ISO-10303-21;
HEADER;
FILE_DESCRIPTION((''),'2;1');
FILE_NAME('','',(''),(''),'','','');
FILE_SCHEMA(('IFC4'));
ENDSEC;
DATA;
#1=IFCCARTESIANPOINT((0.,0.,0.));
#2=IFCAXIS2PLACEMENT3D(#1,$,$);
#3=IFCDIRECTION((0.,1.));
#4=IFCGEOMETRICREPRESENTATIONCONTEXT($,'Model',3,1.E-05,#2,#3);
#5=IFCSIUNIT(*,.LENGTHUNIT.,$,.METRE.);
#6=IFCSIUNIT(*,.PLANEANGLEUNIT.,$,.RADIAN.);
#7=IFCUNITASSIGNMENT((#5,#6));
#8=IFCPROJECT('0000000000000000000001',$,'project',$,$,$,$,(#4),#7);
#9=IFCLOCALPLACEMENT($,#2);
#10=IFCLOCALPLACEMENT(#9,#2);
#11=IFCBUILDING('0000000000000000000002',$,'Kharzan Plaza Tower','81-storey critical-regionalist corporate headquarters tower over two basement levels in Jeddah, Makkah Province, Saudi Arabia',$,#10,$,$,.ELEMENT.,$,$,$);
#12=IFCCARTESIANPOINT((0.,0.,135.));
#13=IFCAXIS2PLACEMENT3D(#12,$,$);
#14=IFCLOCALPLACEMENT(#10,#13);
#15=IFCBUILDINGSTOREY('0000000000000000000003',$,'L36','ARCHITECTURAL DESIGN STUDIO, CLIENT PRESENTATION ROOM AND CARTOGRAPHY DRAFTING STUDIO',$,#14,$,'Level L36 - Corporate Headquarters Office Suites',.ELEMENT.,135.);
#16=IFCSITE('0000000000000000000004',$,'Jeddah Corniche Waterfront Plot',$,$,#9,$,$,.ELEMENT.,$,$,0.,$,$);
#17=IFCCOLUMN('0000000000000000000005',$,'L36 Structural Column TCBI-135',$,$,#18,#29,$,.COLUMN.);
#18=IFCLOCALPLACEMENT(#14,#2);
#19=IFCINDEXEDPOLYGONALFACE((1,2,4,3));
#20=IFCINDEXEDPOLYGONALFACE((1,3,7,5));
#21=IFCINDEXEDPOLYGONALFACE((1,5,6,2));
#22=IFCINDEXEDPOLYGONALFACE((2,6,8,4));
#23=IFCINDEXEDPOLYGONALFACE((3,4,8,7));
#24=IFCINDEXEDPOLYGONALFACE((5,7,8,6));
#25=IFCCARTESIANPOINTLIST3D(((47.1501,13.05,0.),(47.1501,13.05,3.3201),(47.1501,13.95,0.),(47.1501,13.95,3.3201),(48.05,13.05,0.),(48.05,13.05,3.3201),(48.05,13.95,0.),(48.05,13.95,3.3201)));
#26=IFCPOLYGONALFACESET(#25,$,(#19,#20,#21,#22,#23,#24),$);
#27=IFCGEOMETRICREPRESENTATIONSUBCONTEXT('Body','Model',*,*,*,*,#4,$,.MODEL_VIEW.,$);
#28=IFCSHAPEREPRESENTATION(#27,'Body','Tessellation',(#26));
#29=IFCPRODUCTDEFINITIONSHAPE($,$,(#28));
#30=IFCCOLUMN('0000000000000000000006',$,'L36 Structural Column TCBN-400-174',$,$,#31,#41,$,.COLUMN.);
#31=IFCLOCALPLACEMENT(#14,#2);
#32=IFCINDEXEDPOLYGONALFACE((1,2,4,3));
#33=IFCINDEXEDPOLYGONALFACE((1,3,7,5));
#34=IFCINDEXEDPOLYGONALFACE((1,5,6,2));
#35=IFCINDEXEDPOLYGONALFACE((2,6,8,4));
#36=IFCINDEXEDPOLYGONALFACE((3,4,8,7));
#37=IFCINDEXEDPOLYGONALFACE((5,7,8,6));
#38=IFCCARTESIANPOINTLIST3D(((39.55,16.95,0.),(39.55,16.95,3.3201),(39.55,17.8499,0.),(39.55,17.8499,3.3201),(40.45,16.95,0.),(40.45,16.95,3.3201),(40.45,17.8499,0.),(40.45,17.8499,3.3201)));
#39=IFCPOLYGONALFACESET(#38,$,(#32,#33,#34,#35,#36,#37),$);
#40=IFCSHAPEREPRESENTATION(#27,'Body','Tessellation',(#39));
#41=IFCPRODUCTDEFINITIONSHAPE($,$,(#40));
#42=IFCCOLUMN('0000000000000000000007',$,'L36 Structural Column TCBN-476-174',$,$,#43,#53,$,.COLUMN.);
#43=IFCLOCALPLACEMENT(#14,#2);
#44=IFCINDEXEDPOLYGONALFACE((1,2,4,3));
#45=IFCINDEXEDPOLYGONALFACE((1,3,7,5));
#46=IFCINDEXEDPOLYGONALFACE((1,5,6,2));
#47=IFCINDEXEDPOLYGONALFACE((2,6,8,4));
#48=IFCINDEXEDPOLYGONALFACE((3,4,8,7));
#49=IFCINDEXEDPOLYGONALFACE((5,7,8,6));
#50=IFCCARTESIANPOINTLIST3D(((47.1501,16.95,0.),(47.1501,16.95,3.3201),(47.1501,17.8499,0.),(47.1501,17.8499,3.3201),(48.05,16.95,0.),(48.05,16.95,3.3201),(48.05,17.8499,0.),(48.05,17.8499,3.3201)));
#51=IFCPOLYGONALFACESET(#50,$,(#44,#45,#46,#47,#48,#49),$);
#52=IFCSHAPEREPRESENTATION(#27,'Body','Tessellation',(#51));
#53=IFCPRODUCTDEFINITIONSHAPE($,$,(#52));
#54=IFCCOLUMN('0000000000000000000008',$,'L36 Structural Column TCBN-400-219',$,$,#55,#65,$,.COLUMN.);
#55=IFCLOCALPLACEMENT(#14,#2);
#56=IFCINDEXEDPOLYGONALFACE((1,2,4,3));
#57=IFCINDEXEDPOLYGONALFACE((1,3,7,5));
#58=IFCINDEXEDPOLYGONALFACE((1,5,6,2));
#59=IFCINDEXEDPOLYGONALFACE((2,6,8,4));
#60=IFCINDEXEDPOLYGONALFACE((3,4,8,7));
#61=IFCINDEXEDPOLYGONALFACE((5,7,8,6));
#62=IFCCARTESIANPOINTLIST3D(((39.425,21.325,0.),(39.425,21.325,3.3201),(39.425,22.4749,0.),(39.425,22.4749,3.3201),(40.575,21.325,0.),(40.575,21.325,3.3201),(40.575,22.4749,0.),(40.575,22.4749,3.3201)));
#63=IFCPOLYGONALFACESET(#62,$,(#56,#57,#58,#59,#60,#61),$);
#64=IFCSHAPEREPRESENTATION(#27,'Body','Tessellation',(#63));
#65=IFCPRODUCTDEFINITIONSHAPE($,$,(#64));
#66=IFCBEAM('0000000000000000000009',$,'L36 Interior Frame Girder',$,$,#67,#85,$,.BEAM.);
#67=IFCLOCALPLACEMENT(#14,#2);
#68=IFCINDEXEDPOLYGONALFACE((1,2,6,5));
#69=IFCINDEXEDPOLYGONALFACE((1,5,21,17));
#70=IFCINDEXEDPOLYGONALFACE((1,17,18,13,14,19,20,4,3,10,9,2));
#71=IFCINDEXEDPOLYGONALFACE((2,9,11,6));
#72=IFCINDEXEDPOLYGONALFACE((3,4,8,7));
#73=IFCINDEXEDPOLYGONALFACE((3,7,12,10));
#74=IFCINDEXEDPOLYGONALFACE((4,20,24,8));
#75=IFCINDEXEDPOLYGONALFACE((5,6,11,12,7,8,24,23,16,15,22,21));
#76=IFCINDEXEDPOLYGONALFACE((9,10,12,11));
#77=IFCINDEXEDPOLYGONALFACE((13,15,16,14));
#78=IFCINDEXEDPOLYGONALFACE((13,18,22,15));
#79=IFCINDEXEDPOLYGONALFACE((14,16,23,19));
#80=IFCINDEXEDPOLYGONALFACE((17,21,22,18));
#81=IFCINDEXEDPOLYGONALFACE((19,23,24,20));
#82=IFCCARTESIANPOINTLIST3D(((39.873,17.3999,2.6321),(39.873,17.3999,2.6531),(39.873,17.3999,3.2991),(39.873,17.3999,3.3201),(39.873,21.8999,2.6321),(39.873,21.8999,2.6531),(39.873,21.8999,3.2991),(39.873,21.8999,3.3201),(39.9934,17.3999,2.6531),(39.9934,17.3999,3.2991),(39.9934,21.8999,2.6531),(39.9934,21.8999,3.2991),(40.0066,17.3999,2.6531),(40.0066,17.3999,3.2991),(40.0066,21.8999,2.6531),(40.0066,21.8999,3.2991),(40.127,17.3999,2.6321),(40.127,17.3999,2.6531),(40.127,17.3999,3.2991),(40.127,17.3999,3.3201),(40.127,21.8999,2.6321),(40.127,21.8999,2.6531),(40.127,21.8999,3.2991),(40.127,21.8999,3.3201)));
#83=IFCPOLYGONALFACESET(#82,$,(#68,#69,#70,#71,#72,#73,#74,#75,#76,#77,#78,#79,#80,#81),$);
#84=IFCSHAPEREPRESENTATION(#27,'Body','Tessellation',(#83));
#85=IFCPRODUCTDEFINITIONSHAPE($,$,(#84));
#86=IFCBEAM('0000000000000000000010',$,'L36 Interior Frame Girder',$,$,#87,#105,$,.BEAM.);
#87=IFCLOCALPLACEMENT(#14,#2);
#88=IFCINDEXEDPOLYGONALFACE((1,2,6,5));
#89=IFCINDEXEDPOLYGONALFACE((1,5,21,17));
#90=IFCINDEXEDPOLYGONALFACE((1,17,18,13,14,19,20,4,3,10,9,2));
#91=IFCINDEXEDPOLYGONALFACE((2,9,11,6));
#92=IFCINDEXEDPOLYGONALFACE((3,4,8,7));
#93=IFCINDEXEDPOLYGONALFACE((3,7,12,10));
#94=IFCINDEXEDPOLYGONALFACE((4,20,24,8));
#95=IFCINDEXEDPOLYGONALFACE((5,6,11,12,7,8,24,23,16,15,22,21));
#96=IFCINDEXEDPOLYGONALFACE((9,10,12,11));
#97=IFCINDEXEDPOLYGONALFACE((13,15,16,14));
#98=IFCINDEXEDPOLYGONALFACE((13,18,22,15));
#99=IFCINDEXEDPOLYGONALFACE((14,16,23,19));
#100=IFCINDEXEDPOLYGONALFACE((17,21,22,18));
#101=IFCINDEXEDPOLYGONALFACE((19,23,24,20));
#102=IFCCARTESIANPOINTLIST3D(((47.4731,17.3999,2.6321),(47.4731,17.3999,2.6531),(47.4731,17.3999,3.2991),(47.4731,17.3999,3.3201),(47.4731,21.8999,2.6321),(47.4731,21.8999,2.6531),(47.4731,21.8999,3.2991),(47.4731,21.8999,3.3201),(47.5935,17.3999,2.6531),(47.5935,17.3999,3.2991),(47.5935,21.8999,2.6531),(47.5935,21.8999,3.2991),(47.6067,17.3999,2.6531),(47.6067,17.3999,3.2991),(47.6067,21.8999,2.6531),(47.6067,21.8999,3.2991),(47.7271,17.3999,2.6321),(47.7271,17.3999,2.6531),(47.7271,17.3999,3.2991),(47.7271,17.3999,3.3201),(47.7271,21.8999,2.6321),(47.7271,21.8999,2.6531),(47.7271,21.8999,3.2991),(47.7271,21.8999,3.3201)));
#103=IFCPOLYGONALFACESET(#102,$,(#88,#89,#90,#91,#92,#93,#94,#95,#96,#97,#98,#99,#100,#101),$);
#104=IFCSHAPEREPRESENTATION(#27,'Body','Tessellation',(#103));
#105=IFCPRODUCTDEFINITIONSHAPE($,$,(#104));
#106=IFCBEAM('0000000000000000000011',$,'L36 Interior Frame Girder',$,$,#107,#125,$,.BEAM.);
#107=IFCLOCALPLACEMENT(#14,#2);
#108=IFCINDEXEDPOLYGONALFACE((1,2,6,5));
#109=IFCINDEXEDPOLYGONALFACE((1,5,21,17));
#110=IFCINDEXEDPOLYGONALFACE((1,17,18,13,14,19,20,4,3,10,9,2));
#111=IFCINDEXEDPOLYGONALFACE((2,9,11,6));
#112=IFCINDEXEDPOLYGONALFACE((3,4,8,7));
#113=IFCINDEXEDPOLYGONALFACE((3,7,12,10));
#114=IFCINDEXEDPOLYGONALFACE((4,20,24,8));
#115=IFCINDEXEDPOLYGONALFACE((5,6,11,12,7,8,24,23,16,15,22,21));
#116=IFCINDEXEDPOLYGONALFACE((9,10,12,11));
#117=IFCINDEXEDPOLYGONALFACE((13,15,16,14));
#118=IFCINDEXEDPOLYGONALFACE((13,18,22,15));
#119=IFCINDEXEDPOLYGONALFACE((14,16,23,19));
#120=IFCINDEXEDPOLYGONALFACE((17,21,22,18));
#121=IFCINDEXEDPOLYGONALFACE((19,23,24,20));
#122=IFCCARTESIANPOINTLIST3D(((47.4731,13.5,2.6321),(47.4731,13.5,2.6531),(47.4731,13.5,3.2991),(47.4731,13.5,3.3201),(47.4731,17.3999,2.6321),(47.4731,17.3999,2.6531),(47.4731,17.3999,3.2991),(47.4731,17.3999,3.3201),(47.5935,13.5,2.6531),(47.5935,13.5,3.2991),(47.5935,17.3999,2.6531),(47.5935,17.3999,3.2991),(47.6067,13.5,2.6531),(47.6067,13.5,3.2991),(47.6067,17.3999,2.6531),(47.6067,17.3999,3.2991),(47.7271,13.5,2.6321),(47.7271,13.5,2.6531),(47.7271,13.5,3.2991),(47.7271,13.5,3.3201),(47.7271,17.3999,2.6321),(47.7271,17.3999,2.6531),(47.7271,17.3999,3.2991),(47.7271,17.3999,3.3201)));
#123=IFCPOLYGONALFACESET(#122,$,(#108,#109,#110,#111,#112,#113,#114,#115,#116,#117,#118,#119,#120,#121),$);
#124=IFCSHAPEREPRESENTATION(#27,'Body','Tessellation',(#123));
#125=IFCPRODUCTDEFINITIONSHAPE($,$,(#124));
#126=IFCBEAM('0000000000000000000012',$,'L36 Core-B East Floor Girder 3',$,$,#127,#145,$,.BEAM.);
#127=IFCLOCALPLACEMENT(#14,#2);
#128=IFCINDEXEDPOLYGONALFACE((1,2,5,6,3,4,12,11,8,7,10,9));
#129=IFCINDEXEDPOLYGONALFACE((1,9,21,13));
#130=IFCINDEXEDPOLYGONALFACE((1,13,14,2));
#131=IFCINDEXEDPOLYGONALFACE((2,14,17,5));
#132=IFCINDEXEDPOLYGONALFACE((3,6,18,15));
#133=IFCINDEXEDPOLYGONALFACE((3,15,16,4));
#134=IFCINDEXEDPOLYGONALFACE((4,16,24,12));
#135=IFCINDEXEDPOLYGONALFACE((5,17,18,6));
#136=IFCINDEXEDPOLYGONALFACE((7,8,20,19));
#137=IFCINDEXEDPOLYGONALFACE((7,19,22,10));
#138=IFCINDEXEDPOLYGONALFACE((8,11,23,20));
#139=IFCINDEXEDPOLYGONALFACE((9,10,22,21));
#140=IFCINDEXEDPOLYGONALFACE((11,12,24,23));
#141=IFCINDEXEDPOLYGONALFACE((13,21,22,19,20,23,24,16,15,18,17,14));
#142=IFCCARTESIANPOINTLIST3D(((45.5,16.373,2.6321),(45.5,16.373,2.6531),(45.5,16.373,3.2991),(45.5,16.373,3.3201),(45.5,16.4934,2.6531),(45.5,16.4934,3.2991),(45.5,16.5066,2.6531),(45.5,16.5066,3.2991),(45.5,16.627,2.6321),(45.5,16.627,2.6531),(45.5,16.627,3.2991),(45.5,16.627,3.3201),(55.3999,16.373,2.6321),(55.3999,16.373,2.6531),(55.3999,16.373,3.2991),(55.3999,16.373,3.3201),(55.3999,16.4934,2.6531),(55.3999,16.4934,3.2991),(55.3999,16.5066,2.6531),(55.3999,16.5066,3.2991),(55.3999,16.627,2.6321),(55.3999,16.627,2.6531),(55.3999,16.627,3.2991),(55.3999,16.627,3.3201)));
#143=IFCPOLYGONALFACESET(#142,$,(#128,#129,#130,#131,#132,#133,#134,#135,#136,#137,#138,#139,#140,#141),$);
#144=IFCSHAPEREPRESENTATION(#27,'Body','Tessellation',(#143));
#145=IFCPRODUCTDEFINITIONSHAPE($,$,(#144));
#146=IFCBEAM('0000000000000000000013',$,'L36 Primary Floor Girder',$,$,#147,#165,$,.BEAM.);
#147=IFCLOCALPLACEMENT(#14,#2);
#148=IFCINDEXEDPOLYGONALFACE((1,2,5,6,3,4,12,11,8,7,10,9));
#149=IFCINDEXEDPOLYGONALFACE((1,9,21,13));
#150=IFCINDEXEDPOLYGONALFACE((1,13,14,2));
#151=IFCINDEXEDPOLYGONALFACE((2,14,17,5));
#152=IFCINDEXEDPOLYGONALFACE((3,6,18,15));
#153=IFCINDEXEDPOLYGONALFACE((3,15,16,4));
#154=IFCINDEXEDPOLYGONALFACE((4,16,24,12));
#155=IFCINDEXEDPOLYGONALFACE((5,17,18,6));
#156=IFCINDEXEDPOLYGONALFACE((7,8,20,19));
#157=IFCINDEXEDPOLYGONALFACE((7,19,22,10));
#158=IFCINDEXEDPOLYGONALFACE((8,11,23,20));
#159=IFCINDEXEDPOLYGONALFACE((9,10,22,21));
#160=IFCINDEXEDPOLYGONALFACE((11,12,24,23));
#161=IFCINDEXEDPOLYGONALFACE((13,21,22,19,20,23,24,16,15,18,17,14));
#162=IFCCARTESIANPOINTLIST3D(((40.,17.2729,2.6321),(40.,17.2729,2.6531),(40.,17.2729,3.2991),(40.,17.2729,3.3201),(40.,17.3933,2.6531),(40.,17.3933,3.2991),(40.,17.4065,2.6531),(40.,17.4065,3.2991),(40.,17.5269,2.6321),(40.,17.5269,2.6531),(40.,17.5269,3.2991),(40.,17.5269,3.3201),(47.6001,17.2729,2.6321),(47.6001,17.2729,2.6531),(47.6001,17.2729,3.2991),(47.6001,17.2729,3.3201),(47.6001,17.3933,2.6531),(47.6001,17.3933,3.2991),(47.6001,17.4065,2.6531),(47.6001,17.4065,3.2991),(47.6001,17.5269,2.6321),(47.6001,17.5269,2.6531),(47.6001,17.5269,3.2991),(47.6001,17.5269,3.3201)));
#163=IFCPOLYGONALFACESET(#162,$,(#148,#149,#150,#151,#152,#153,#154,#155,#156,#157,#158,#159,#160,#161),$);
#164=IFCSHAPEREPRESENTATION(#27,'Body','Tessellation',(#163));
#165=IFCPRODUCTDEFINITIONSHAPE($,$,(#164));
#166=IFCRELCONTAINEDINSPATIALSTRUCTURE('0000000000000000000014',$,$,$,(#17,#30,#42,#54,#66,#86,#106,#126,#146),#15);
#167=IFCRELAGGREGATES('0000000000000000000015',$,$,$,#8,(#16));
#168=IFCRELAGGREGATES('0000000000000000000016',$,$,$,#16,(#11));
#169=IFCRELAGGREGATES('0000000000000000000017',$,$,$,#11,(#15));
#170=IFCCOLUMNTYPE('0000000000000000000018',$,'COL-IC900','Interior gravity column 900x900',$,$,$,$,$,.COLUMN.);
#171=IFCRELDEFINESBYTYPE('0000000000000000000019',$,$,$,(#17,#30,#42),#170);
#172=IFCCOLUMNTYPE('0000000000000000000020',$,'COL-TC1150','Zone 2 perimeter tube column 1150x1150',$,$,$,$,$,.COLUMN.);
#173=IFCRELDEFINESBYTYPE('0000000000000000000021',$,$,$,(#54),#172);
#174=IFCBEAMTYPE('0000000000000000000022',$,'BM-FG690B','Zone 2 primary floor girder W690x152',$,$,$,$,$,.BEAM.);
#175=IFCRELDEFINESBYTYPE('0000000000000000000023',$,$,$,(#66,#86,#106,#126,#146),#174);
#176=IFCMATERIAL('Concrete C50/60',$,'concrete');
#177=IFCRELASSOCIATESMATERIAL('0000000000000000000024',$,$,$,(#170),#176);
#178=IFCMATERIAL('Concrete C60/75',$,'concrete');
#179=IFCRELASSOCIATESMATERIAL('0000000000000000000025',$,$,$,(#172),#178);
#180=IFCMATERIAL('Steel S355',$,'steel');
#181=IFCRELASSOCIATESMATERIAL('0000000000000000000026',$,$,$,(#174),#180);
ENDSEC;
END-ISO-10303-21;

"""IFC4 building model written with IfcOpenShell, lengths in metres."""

from ifc_helpers import new_model, si_unit, direction, frame, origin, origin_2d, place, context, subcontext, project, spatial, rectangle, i_section, extrude, source, transform, mapped, material, material_profile, profile_set, type_object, element, save


model = new_model("IFC4")

# Units and contexts
model_context = context("Model", 3, precision=1e-05, world=origin(), true_north=direction((0.0, 1.0)))
body_context = subcontext(model_context, "Body", "Model", "MODEL_VIEW")
ifc_project = project(units=[si_unit("LENGTHUNIT", "METRE"), si_unit("PLANEANGLEUNIT", "RADIAN")], contexts=[model_context])

# Site, building, storey
site_placement = place(None, origin())
site = spatial("IfcSite", under=ifc_project, at=site_placement, Name="Jeddah Corniche Waterfront Plot", CompositionType="ELEMENT", RefElevation=0.0)
building_placement = place(site_placement, origin())
building = spatial("IfcBuilding", under=site, at=building_placement, Name="Kharzan Plaza Tower", Description="81-storey critical-regionalist corporate headquarters tower over two basement levels in Jeddah, Makkah Province, Saudi Arabia", CompositionType="ELEMENT")
storey_placement = place(building_placement, frame((0.0, 0.0, 135.0)))
storey = spatial("IfcBuildingStorey", under=building, at=storey_placement, Name="L36", Description="ARCHITECTURAL DESIGN STUDIO, CLIENT PRESENTATION ROOM AND CARTOGRAPHY DRAFTING STUDIO", LongName="Level L36 - Corporate Headquarters Office Suites", CompositionType="ELEMENT", Elevation=135.0)

# Columns
ifc_material_1 = material(Name="Concrete C50/60", Category="concrete")
ifc_material_profile_1 = material_profile(ifc_material_1, rectangle(XDim=0.8999, YDim=0.8999, at=origin_2d()), Name="RC-IC900x900")
ifc_profile_set_1 = profile_set([ifc_material_profile_1], Name="Concrete C50/60")
column_type_1 = type_object("IfcColumnType", Name="COL-IC900", Description="Interior gravity column 900x900", PredefinedType="COLUMN", material=ifc_profile_set_1)
shared_shape_1 = source(origin(), body_context, "Body", "SweptSolid", [
    extrude(rectangle(XDim=0.8999, YDim=0.8999, at=origin_2d()), origin(), (0.0, 0.0, 1.0), 3.3201),
])
for number, where, z_axis, x_axis, name in (
    (1, (47.6001, 13.5, 0.0), (0.0, 0.0, 1.0), (1.0, 0.0, 0.0), "L36 Structural Column TCBI-135"),
    (2, (40.0, 17.3999, 0.0), (0.0, 0.0, 1.0), (1.0, 0.0, 0.0), "L36 Structural Column TCBN-400-174"),
    (3, (47.6001, 17.3999, 0.0), (0.0, 0.0, 1.0), (1.0, 0.0, 0.0), "L36 Structural Column TCBN-476-174"),
):
    element("IfcColumn", number, at=place(storey_placement, frame(where, z_axis=z_axis, x_axis=x_axis)), inside=storey, type_object=column_type_1, Name=name, PredefinedType="COLUMN", context=body_context, shape_type="MappedRepresentation", body=[
        mapped(shared_shape_1, transform((0.0, 0.0, 0.0), x_axis=(1.0, 0.0, 0.0), y_axis=(0.0, 1.0, 0.0), z_axis=(0.0, 0.0, 1.0))),
    ])
ifc_material_2 = material(Name="Concrete C60/75", Category="concrete")
ifc_material_profile_2 = material_profile(ifc_material_2, rectangle(XDim=1.1499, YDim=1.1499, at=origin_2d()), Name="RC-TC1150x1150")
ifc_profile_set_2 = profile_set([ifc_material_profile_2], Name="Concrete C60/75")
column_type_2 = type_object("IfcColumnType", Name="COL-TC1150", Description="Zone 2 perimeter tube column 1150x1150", PredefinedType="COLUMN", material=ifc_profile_set_2)
shared_shape_2 = source(origin(), body_context, "Body", "SweptSolid", [
    extrude(rectangle(XDim=1.1499, YDim=1.1499, at=origin_2d()), origin(), (0.0, 0.0, 1.0), 3.3201),
])
column_placement = place(storey_placement, frame((40.0, 21.8999, 0.0), z_axis=(0.0, 0.0, 1.0), x_axis=(1.0, 0.0, 0.0)))
element("IfcColumn", 4, at=column_placement, inside=storey, type_object=column_type_2, Name="L36 Structural Column TCBN-400-219", PredefinedType="COLUMN", context=body_context, shape_type="MappedRepresentation", body=[
    mapped(shared_shape_2, transform((0.0, 0.0, 0.0), x_axis=(1.0, 0.0, 0.0), y_axis=(0.0, 1.0, 0.0), z_axis=(0.0, 0.0, 1.0))),
])

# Beams
ifc_material_3 = material(Name="Steel S355", Category="steel")
ifc_material_profile_3 = material_profile(ifc_material_3, i_section(OverallWidth=0.2539, OverallDepth=0.688, WebThickness=0.0132, FlangeThickness=0.021, at=origin_2d()), Name="W690x152")
ifc_profile_set_3 = profile_set([ifc_material_profile_3], Name="Steel S355")
beam_type_1 = type_object("IfcBeamType", Name="BM-FG690B", Description="Zone 2 primary floor girder W690x152", PredefinedType="BEAM", material=ifc_profile_set_3)
shared_shape_3 = source(origin(), body_context, "Body", "SweptSolid", [
    extrude(i_section(OverallWidth=0.2539, OverallDepth=0.688, WebThickness=0.0132, FlangeThickness=0.021, at=origin_2d()), origin(), (0.0, 0.0, 1.0), 4.5),
])
for number, where, z_axis, x_axis, name in (
    (5, (40.0, 17.3999, 2.9761), (0.0, 1.0, 0.0), (-1.0, 0.0, 0.0), "L36 Interior Frame Girder"),
    (6, (47.6001, 17.3999, 2.9761), (0.0, 1.0, 0.0), (-1.0, 0.0, 0.0), "L36 Interior Frame Girder"),
):
    element("IfcBeam", number, at=place(storey_placement, frame(where, z_axis=z_axis, x_axis=x_axis)), inside=storey, type_object=beam_type_1, Name=name, PredefinedType="BEAM", context=body_context, shape_type="MappedRepresentation", body=[
        mapped(shared_shape_3, transform((0.0, 0.0, 0.0), x_axis=(1.0, 0.0, 0.0), y_axis=(0.0, 1.0, 0.0), z_axis=(0.0, 0.0, 1.0))),
    ])
shared_shape_4 = source(origin(), body_context, "Body", "SweptSolid", [
    extrude(i_section(OverallWidth=0.2539, OverallDepth=0.688, WebThickness=0.0132, FlangeThickness=0.021, at=origin_2d()), origin(), (0.0, 0.0, 1.0), 3.8999),
])
beam_1_placement = place(storey_placement, frame((47.6001, 13.5, 2.9761), z_axis=(0.0, 1.0, 0.0), x_axis=(-1.0, 0.0, 0.0)))
element("IfcBeam", 7, at=beam_1_placement, inside=storey, type_object=beam_type_1, Name="L36 Interior Frame Girder", PredefinedType="BEAM", context=body_context, shape_type="MappedRepresentation", body=[
    mapped(shared_shape_4, transform((0.0, 0.0, 0.0), x_axis=(1.0, 0.0, 0.0), y_axis=(0.0, 1.0, 0.0), z_axis=(0.0, 0.0, 1.0))),
])
shared_shape_5 = source(origin(), body_context, "Body", "SweptSolid", [
    extrude(i_section(OverallWidth=0.2539, OverallDepth=0.688, WebThickness=0.0132, FlangeThickness=0.021, at=origin_2d()), origin(), (0.0, 0.0, 1.0), 9.8999),
])
beam_2_placement = place(storey_placement, frame((45.5, 16.5, 2.9761), z_axis=(1.0, 0.0, 0.0), x_axis=(0.0, 1.0, 0.0)))
element("IfcBeam", 8, at=beam_2_placement, inside=storey, type_object=beam_type_1, Name="L36 Core-B East Floor Girder 3", PredefinedType="BEAM", context=body_context, shape_type="MappedRepresentation", body=[
    mapped(shared_shape_5, transform((0.0, 0.0, 0.0), x_axis=(1.0, 0.0, 0.0), y_axis=(0.0, 1.0, 0.0), z_axis=(0.0, 0.0, 1.0))),
])
shared_shape_6 = source(origin(), body_context, "Body", "SweptSolid", [
    extrude(i_section(OverallWidth=0.2539, OverallDepth=0.688, WebThickness=0.0132, FlangeThickness=0.021, at=origin_2d()), origin(), (0.0, 0.0, 1.0), 7.6001),
])
beam_3_placement = place(storey_placement, frame((40.0, 17.3999, 2.9761), z_axis=(1.0, 0.0, 0.0), x_axis=(0.0, 1.0, 0.0)))
element("IfcBeam", 9, at=beam_3_placement, inside=storey, type_object=beam_type_1, Name="L36 Primary Floor Girder", PredefinedType="BEAM", context=body_context, shape_type="MappedRepresentation", body=[
    mapped(shared_shape_6, transform((0.0, 0.0, 0.0), x_axis=(1.0, 0.0, 0.0), y_axis=(0.0, 1.0, 0.0), z_axis=(0.0, 0.0, 1.0))),
])

save(model, "model.ifc")
